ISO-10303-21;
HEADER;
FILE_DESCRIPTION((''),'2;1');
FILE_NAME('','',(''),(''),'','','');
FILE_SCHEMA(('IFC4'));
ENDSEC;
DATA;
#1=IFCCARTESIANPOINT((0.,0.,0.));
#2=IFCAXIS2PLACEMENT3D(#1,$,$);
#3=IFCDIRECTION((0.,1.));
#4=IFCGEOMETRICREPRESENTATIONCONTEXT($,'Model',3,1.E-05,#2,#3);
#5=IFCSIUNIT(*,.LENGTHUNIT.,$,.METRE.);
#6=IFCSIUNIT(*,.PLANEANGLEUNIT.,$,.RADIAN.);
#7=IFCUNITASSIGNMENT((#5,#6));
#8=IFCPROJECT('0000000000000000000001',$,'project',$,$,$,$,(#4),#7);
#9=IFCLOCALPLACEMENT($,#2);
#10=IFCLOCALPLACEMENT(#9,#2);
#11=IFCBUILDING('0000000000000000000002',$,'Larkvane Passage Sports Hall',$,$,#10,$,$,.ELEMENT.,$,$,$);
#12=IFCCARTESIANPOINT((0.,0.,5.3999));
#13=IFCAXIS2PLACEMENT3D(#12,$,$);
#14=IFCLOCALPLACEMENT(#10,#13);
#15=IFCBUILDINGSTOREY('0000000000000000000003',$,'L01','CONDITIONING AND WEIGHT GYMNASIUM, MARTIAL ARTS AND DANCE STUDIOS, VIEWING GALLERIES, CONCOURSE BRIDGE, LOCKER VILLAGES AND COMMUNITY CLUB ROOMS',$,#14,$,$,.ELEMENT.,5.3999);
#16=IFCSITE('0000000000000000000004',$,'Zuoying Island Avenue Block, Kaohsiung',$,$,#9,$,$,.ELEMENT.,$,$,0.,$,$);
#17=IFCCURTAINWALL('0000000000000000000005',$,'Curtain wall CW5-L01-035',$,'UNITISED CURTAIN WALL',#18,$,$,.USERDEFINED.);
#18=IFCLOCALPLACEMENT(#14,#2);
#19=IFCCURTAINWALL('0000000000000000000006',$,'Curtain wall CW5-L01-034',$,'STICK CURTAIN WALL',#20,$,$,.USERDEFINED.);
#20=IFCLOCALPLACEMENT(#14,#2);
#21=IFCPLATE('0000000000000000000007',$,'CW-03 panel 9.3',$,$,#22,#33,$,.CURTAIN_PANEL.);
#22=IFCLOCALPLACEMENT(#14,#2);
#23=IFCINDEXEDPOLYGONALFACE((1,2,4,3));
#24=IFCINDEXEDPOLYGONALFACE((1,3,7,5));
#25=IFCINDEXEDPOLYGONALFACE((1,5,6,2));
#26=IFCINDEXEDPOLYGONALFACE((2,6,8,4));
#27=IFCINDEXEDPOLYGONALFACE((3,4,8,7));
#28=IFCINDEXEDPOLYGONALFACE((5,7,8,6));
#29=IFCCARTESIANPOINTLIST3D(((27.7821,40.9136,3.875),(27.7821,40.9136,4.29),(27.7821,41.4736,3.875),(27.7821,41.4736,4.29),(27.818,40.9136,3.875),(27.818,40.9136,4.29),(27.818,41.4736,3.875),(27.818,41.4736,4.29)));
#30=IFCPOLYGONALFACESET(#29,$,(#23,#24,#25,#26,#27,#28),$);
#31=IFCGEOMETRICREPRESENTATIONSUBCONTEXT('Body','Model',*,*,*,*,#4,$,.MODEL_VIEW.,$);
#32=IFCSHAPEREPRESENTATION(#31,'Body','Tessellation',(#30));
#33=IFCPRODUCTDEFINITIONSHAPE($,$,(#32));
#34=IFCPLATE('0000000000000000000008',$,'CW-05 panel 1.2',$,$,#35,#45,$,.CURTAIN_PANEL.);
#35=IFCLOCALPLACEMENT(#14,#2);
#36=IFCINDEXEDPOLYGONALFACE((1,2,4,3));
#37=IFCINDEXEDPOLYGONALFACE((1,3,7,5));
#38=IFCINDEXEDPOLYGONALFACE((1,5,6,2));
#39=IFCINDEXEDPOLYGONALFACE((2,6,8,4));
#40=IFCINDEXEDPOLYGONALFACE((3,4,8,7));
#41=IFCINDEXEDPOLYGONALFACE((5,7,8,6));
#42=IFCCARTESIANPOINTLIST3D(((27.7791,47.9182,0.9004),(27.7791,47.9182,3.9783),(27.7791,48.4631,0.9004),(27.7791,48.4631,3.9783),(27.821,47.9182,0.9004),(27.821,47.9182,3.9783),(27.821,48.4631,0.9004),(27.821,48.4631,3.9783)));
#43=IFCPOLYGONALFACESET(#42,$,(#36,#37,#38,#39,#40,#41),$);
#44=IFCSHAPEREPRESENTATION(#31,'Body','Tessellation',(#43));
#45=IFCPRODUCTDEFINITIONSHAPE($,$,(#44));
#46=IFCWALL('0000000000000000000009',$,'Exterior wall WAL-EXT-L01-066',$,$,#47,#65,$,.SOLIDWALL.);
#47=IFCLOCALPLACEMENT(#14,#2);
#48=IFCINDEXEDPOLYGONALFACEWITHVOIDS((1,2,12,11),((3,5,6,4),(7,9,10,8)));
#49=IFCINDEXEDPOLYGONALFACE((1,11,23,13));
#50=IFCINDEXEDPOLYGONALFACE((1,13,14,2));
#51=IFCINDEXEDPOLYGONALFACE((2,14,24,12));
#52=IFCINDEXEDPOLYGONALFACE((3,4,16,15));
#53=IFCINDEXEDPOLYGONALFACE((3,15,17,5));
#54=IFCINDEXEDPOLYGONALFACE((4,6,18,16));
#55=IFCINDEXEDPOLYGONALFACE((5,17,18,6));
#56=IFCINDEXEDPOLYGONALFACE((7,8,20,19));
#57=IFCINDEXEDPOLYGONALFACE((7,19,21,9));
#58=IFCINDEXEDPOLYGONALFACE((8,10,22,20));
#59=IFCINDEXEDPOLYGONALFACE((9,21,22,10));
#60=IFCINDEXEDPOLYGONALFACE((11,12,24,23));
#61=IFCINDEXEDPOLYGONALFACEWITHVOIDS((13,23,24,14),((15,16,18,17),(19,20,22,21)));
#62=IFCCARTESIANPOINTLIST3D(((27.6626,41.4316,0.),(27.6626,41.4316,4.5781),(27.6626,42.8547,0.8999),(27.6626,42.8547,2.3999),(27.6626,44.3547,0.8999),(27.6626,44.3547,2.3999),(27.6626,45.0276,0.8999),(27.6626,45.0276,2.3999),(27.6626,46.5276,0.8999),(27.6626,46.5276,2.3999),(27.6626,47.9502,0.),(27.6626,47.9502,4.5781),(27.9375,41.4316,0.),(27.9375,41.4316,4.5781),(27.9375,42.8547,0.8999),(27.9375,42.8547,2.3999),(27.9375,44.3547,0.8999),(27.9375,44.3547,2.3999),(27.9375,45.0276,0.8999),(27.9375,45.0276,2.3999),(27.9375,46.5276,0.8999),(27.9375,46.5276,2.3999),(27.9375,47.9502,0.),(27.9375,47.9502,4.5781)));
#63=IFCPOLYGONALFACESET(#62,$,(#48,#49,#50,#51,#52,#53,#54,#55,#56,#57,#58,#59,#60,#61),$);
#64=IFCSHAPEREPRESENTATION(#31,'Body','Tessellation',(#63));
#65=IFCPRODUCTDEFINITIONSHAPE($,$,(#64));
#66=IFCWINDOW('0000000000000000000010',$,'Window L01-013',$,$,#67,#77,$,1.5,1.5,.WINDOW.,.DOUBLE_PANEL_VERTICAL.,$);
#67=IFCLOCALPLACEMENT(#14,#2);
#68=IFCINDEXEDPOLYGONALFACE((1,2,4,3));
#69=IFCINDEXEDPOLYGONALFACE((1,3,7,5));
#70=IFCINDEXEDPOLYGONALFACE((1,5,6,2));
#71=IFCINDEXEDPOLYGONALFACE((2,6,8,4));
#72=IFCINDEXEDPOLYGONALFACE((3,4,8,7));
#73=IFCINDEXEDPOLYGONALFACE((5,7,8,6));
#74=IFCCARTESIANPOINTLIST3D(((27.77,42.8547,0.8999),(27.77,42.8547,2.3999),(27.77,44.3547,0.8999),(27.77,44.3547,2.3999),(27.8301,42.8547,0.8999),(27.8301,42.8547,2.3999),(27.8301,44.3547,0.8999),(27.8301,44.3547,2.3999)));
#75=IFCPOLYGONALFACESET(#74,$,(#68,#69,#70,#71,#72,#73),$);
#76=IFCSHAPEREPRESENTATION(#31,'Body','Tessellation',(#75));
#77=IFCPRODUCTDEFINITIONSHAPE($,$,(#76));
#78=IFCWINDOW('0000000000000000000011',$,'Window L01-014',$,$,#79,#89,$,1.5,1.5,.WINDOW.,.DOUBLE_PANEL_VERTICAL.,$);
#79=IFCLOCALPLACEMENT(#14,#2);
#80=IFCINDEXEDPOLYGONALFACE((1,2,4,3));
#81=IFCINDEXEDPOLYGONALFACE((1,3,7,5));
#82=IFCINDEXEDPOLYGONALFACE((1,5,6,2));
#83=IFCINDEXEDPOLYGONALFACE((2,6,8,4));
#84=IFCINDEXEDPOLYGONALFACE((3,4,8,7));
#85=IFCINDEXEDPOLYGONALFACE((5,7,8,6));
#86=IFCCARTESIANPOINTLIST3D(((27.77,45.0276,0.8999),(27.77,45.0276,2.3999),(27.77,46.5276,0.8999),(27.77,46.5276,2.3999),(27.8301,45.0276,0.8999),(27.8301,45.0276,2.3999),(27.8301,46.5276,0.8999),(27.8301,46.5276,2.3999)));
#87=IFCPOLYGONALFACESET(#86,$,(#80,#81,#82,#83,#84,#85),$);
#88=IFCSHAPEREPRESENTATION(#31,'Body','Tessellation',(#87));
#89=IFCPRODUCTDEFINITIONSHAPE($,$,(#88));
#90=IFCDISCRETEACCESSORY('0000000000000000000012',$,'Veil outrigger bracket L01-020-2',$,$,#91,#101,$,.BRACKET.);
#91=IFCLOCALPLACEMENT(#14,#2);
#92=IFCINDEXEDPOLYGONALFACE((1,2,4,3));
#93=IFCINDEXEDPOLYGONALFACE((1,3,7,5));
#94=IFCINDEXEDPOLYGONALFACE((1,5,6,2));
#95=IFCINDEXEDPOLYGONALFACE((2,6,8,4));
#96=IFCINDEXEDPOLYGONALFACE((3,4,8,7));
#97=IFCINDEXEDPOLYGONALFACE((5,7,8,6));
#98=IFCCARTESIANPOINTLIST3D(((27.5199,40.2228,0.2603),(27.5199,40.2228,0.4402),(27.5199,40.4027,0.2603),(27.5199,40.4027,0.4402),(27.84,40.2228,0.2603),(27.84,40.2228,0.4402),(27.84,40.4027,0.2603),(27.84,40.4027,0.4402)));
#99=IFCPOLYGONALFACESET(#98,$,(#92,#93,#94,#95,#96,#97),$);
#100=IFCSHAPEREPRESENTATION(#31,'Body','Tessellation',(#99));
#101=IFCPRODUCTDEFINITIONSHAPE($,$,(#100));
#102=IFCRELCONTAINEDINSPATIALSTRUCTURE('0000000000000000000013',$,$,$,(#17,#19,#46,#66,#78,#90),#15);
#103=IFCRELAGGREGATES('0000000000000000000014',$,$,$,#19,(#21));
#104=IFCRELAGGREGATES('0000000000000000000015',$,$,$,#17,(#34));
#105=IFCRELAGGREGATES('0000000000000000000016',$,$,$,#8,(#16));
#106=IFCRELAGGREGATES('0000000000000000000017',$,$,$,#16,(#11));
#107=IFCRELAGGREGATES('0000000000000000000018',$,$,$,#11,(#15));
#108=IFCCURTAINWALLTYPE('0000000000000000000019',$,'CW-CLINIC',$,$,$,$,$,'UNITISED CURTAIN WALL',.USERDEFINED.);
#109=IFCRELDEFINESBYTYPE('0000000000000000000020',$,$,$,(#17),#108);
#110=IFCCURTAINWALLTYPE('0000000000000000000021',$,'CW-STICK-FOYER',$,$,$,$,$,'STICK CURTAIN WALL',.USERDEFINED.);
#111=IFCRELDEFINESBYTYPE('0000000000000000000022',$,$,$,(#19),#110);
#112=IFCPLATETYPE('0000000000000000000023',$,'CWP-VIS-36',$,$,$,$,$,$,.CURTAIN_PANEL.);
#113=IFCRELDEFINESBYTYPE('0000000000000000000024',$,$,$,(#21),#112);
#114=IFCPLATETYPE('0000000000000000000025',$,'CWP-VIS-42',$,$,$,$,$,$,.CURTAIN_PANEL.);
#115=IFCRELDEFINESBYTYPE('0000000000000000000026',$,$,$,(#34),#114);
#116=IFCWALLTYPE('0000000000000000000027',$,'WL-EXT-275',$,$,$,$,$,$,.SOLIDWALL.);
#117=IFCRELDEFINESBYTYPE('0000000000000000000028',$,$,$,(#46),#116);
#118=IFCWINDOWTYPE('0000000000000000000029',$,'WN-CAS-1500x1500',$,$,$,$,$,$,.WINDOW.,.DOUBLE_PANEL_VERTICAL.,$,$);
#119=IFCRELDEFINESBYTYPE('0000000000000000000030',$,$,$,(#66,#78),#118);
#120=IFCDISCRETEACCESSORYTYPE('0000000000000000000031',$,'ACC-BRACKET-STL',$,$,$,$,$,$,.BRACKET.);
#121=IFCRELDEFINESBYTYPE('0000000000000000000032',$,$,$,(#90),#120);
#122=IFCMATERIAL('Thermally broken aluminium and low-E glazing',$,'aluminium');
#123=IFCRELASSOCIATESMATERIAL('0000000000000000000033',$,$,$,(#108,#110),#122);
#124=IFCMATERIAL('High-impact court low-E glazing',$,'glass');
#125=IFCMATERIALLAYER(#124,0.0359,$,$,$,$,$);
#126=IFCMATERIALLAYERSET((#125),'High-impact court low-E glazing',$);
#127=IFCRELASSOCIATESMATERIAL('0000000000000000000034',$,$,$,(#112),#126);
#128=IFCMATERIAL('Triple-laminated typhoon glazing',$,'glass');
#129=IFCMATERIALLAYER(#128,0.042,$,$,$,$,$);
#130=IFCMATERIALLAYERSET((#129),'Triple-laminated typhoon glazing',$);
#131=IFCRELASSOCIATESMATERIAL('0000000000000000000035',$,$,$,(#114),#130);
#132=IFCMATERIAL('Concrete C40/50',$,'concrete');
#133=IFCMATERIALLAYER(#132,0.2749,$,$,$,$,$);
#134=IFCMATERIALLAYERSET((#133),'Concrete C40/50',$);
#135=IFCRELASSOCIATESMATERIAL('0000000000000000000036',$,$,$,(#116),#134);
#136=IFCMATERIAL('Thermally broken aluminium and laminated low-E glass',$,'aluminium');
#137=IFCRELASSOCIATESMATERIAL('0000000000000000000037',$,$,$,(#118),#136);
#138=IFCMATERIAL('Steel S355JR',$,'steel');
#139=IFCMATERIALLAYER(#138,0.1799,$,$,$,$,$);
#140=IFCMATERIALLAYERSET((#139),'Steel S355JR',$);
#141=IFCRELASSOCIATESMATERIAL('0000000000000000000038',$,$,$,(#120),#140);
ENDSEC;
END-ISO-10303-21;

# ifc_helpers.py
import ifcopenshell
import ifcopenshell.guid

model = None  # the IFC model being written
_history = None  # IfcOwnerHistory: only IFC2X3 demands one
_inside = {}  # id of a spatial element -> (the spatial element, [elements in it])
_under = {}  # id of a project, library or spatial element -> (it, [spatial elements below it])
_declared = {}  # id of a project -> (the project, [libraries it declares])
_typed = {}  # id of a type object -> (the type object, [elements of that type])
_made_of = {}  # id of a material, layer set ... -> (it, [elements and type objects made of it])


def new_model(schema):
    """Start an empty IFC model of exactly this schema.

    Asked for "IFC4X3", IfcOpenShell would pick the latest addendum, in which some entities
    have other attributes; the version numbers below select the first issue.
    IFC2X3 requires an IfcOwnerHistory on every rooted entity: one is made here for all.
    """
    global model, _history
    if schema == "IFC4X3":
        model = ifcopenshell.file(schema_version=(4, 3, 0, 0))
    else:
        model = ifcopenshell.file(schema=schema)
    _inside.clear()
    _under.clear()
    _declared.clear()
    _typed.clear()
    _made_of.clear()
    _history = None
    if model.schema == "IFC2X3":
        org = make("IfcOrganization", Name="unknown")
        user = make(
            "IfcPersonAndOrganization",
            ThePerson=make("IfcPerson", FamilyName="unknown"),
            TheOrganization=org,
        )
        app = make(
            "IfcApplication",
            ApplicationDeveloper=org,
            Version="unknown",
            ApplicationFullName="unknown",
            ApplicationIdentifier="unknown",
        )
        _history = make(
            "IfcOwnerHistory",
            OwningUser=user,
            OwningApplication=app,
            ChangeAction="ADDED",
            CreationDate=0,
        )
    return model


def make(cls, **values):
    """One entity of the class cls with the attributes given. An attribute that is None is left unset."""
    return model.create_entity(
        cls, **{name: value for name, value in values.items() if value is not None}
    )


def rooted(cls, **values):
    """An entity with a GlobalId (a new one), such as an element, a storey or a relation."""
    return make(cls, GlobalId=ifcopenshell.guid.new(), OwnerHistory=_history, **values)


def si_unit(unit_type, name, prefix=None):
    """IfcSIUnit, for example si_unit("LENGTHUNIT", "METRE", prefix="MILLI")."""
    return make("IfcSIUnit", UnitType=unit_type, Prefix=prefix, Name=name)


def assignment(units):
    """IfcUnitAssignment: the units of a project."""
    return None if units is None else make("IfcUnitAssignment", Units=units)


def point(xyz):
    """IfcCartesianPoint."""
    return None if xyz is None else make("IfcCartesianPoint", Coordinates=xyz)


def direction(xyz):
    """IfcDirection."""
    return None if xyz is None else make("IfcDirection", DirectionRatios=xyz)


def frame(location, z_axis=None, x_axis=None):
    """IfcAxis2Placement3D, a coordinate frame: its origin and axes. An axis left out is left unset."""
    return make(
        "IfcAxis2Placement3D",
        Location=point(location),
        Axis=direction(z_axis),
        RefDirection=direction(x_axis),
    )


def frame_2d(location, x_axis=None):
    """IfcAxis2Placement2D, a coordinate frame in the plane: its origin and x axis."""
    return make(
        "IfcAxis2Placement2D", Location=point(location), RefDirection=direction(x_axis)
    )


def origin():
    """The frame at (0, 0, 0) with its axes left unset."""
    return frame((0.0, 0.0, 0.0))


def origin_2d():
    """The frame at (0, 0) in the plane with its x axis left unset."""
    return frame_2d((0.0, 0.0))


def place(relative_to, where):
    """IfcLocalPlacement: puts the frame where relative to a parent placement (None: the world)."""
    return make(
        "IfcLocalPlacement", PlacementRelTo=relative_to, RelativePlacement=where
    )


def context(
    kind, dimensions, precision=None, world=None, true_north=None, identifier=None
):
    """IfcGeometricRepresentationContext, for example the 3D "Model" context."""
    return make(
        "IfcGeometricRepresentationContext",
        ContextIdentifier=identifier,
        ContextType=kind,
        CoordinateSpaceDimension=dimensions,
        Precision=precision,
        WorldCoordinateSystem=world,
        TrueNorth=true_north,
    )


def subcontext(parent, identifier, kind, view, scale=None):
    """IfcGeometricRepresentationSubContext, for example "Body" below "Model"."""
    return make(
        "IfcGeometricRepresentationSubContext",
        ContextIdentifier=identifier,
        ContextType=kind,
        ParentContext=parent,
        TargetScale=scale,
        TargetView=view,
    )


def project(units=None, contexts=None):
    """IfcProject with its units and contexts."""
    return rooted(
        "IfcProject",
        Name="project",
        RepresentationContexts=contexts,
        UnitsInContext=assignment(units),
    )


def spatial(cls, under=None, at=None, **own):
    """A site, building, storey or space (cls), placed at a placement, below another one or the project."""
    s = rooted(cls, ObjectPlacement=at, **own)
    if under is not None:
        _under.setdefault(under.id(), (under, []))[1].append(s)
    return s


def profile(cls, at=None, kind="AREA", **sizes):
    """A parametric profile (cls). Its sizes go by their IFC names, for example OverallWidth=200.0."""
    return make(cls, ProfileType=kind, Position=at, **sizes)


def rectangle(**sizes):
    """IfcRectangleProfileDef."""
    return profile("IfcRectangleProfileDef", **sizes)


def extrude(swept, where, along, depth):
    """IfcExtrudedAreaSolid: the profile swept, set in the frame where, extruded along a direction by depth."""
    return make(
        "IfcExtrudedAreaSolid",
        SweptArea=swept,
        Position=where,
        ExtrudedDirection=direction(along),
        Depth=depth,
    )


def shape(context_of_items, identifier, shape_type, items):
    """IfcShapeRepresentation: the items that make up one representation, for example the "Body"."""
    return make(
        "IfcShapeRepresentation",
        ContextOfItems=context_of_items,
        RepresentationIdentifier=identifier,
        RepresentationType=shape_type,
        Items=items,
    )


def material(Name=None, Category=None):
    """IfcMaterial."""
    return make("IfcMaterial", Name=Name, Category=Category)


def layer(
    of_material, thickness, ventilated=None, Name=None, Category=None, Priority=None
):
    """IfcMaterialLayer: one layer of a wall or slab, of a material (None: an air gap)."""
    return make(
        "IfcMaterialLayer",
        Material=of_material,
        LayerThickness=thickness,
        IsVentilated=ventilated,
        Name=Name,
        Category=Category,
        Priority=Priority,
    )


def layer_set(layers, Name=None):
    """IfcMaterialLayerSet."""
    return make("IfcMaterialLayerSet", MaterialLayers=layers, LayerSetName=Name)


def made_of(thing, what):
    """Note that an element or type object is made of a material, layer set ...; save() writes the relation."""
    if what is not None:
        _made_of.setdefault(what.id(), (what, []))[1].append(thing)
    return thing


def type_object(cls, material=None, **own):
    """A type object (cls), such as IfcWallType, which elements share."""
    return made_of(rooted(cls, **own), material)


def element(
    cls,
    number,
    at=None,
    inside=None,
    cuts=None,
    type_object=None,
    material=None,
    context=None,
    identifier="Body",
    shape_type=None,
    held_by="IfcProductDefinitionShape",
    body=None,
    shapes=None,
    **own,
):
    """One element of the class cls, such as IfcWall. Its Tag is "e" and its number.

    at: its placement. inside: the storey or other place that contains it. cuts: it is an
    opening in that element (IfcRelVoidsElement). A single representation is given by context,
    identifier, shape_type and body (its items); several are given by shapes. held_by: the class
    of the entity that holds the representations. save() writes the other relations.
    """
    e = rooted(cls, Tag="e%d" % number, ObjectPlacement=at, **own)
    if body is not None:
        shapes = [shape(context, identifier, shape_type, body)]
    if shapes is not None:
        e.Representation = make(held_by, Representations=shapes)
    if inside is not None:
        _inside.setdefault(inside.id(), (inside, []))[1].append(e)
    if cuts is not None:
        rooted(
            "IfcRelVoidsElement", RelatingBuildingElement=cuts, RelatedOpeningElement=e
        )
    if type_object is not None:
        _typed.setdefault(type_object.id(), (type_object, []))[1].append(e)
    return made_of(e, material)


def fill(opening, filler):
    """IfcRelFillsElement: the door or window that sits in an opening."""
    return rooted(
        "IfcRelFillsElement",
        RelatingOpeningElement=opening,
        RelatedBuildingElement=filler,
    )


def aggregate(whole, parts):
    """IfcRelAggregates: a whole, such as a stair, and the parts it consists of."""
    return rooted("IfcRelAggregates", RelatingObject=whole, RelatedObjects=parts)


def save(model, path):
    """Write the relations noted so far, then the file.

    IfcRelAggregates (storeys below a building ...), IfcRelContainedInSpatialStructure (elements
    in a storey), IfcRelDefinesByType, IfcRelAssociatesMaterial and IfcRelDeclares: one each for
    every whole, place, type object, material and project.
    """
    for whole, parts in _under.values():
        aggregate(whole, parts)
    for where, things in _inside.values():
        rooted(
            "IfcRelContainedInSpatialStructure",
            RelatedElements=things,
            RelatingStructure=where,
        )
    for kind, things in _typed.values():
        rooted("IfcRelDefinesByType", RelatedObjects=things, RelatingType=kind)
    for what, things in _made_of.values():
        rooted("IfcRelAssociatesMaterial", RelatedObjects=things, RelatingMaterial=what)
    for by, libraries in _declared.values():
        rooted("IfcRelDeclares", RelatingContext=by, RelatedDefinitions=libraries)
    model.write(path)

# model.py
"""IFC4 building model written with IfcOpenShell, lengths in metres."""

from ifc_helpers import new_model, si_unit, direction, frame, frame_2d, origin, origin_2d, place, context, subcontext, project, spatial, rectangle, extrude, material, layer, layer_set, type_object, element, fill, aggregate, save


model = new_model("IFC4")

# Units and contexts
model_context = context("Model", 3, precision=1e-05, world=origin(), true_north=direction((0.0, 1.0)))
body_context = subcontext(model_context, "Body", "Model", "MODEL_VIEW")
ifc_project = project(units=[si_unit("LENGTHUNIT", "METRE"), si_unit("PLANEANGLEUNIT", "RADIAN")], contexts=[model_context])

# Site, building, storey
site_placement = place(None, origin())
site = spatial("IfcSite", under=ifc_project, at=site_placement, Name="Zuoying Island Avenue Block, Kaohsiung", CompositionType="ELEMENT", RefElevation=0.0)
building_placement = place(site_placement, origin())
building = spatial("IfcBuilding", under=site, at=building_placement, Name="Larkvane Passage Sports Hall", CompositionType="ELEMENT")
storey_placement = place(building_placement, frame((0.0, 0.0, 5.3999)))
storey = spatial("IfcBuildingStorey", under=building, at=storey_placement, Name="L01", Description="CONDITIONING AND WEIGHT GYMNASIUM, MARTIAL ARTS AND DANCE STUDIOS, VIEWING GALLERIES, CONCOURSE BRIDGE, LOCKER VILLAGES AND COMMUNITY CLUB ROOMS", CompositionType="ELEMENT", Elevation=5.3999)

# Curtain wall
ifc_material_1 = material(Name="Thermally broken aluminium and low-E glazing", Category="aluminium")
curtain_wall_type_1 = type_object("IfcCurtainWallType", Name="CW-CLINIC", ElementType="UNITISED CURTAIN WALL", PredefinedType="USERDEFINED", material=ifc_material_1)
curtain_wall_1_placement = place(storey_placement, origin())
curtain_wall_1 = element("IfcCurtainWall", 1, at=curtain_wall_1_placement, inside=storey, type_object=curtain_wall_type_1, Name="Curtain wall CW5-L01-035", ObjectType="UNITISED CURTAIN WALL", PredefinedType="USERDEFINED")

# Curtain wall
curtain_wall_type_2 = type_object("IfcCurtainWallType", Name="CW-STICK-FOYER", ElementType="STICK CURTAIN WALL", PredefinedType="USERDEFINED", material=ifc_material_1)
curtain_wall_2_placement = place(storey_placement, origin())
curtain_wall_2 = element("IfcCurtainWall", 2, at=curtain_wall_2_placement, inside=storey, type_object=curtain_wall_type_2, Name="Curtain wall CW5-L01-034", ObjectType="STICK CURTAIN WALL", PredefinedType="USERDEFINED")

# Shared definitions
ifc_material_2 = material(Name="Steel S355JR", Category="steel")

# Plates
ifc_material_3 = material(Name="High-impact court low-E glazing", Category="glass")
ifc_layer_1 = layer(ifc_material_3, 0.0359)
ifc_layer_set_1 = layer_set([ifc_layer_1], Name="High-impact court low-E glazing")
plate_type_1 = type_object("IfcPlateType", Name="CWP-VIS-36", PredefinedType="CURTAIN_PANEL", material=ifc_layer_set_1)
plate_1_placement = place(storey_placement, frame((27.8, 41.1936, 3.875), z_axis=(0.0, 0.0, 1.0), x_axis=(0.0, 1.0, 0.0)))
plate_1 = element("IfcPlate", 3, at=plate_1_placement, type_object=plate_type_1, Name="CW-03 panel 9.3", PredefinedType="CURTAIN_PANEL", context=body_context, shape_type="SweptSolid", body=[
    extrude(rectangle(XDim=0.5601, YDim=0.0359, at=origin_2d()), origin(), (0.0, 0.0, 1.0), 0.415),
])
aggregate(curtain_wall_2, [plate_1])
ifc_material_4 = material(Name="Triple-laminated typhoon glazing", Category="glass")
ifc_layer_2 = layer(ifc_material_4, 0.042)
ifc_layer_set_2 = layer_set([ifc_layer_2], Name="Triple-laminated typhoon glazing")
plate_type_2 = type_object("IfcPlateType", Name="CWP-VIS-42", PredefinedType="CURTAIN_PANEL", material=ifc_layer_set_2)
plate_2_placement = place(storey_placement, frame((27.8, 48.1907, 0.9004), z_axis=(0.0, 0.0, 1.0), x_axis=(0.0, 1.0, 0.0)))
plate_2 = element("IfcPlate", 4, at=plate_2_placement, type_object=plate_type_2, Name="CW-05 panel 1.2", PredefinedType="CURTAIN_PANEL", context=body_context, shape_type="SweptSolid", body=[
    extrude(rectangle(XDim=0.5449, YDim=0.042, at=origin_2d()), origin(), (0.0, 0.0, 1.0), 3.0779),
])
aggregate(curtain_wall_1, [plate_2])

# Wall, openings, windows
ifc_material_5 = material(Name="Concrete C40/50", Category="concrete")
ifc_layer_3 = layer(ifc_material_5, 0.2749)
ifc_layer_set_3 = layer_set([ifc_layer_3], Name="Concrete C40/50")
wall_type = type_object("IfcWallType", Name="WL-EXT-275", PredefinedType="SOLIDWALL", material=ifc_layer_set_3)
wall_placement = place(storey_placement, frame((27.8, 41.4316, 0.0), z_axis=(0.0, 0.0, 1.0), x_axis=(0.0, 1.0, 0.0)))
wall = element("IfcWall", 5, at=wall_placement, inside=storey, type_object=wall_type, Name="Exterior wall WAL-EXT-L01-066", PredefinedType="SOLIDWALL", context=body_context, shape_type="SweptSolid", body=[
    extrude(rectangle(XDim=6.5186, YDim=0.2749, at=frame_2d((3.2593, 0.0))), origin(), (0.0, 0.0, 1.0), 4.5781),
])
opening_1_placement = place(wall_placement, frame((1.4231, 0.0, 0.8999)))
opening_1 = element("IfcOpeningElement", 6, at=opening_1_placement, cuts=wall, PredefinedType="OPENING", context=body_context, shape_type="SweptSolid", body=[
    extrude(rectangle(XDim=1.5, YDim=1.5, at=frame_2d((0.75, 0.75))), frame((0.0, 0.1475, 0.0), z_axis=(0.0, -1.0, 0.0), x_axis=(1.0, 0.0, 0.0)), (0.0, 0.0, 1.0), 0.2949),
])
opening_2_placement = place(wall_placement, frame((3.5959, 0.0, 0.8999)))
opening_2 = element("IfcOpeningElement", 7, at=opening_2_placement, cuts=wall, PredefinedType="OPENING", context=body_context, shape_type="SweptSolid", body=[
    extrude(rectangle(XDim=1.5, YDim=1.5, at=frame_2d((0.75, 0.75))), frame((0.0, 0.1475, 0.0), z_axis=(0.0, -1.0, 0.0), x_axis=(1.0, 0.0, 0.0)), (0.0, 0.0, 1.0), 0.2949),
])
ifc_material_6 = material(Name="Thermally broken aluminium and laminated low-E glass", Category="aluminium")
window_type = type_object("IfcWindowType", Name="WN-CAS-1500x1500", PartitioningType="DOUBLE_PANEL_VERTICAL", PredefinedType="WINDOW", material=ifc_material_6)
window_1_placement = place(opening_1_placement, origin())
window_1 = element("IfcWindow", 8, at=window_1_placement, inside=storey, type_object=window_type, Name="Window L01-013", OverallHeight=1.5, OverallWidth=1.5, PartitioningType="DOUBLE_PANEL_VERTICAL", PredefinedType="WINDOW", context=body_context, shape_type="SweptSolid", body=[
    extrude(rectangle(XDim=1.5, YDim=1.5, at=frame_2d((0.75, 0.75))), frame((0.0, 0.03, 0.0), z_axis=(0.0, -1.0, 0.0), x_axis=(1.0, 0.0, 0.0)), (0.0, 0.0, 1.0), 0.0601),
])
fill(opening_1, window_1)
window_2_placement = place(opening_2_placement, origin())
window_2 = element("IfcWindow", 9, at=window_2_placement, inside=storey, type_object=window_type, Name="Window L01-014", OverallHeight=1.5, OverallWidth=1.5, PartitioningType="DOUBLE_PANEL_VERTICAL", PredefinedType="WINDOW", context=body_context, shape_type="SweptSolid", body=[
    extrude(rectangle(XDim=1.5, YDim=1.5, at=frame_2d((0.75, 0.75))), frame((0.0, 0.03, 0.0), z_axis=(0.0, -1.0, 0.0), x_axis=(1.0, 0.0, 0.0)), (0.0, 0.0, 1.0), 0.0601),
])
fill(opening_2, window_2)

# Discrete accessory
ifc_layer_4 = layer(ifc_material_2, 0.1799)
ifc_layer_set_4 = layer_set([ifc_layer_4], Name="Steel S355JR")
discrete_accessory_type = type_object("IfcDiscreteAccessoryType", Name="ACC-BRACKET-STL", PredefinedType="BRACKET", material=ifc_layer_set_4)
discrete_accessory_placement = place(storey_placement, frame((27.6799, 40.3127, 0.2603), z_axis=(0.0, 0.0, 1.0), x_axis=(0.0, 1.0, 0.0)))
element("IfcDiscreteAccessory", 10, at=discrete_accessory_placement, inside=storey, type_object=discrete_accessory_type, Name="Veil outrigger bracket L01-020-2", PredefinedType="BRACKET", context=body_context, shape_type="SweptSolid", body=[
    extrude(rectangle(XDim=0.1799, YDim=0.3201, at=origin_2d()), origin(), (0.0, 0.0, 1.0), 0.1799),
])

save(model, "model.ifc")
